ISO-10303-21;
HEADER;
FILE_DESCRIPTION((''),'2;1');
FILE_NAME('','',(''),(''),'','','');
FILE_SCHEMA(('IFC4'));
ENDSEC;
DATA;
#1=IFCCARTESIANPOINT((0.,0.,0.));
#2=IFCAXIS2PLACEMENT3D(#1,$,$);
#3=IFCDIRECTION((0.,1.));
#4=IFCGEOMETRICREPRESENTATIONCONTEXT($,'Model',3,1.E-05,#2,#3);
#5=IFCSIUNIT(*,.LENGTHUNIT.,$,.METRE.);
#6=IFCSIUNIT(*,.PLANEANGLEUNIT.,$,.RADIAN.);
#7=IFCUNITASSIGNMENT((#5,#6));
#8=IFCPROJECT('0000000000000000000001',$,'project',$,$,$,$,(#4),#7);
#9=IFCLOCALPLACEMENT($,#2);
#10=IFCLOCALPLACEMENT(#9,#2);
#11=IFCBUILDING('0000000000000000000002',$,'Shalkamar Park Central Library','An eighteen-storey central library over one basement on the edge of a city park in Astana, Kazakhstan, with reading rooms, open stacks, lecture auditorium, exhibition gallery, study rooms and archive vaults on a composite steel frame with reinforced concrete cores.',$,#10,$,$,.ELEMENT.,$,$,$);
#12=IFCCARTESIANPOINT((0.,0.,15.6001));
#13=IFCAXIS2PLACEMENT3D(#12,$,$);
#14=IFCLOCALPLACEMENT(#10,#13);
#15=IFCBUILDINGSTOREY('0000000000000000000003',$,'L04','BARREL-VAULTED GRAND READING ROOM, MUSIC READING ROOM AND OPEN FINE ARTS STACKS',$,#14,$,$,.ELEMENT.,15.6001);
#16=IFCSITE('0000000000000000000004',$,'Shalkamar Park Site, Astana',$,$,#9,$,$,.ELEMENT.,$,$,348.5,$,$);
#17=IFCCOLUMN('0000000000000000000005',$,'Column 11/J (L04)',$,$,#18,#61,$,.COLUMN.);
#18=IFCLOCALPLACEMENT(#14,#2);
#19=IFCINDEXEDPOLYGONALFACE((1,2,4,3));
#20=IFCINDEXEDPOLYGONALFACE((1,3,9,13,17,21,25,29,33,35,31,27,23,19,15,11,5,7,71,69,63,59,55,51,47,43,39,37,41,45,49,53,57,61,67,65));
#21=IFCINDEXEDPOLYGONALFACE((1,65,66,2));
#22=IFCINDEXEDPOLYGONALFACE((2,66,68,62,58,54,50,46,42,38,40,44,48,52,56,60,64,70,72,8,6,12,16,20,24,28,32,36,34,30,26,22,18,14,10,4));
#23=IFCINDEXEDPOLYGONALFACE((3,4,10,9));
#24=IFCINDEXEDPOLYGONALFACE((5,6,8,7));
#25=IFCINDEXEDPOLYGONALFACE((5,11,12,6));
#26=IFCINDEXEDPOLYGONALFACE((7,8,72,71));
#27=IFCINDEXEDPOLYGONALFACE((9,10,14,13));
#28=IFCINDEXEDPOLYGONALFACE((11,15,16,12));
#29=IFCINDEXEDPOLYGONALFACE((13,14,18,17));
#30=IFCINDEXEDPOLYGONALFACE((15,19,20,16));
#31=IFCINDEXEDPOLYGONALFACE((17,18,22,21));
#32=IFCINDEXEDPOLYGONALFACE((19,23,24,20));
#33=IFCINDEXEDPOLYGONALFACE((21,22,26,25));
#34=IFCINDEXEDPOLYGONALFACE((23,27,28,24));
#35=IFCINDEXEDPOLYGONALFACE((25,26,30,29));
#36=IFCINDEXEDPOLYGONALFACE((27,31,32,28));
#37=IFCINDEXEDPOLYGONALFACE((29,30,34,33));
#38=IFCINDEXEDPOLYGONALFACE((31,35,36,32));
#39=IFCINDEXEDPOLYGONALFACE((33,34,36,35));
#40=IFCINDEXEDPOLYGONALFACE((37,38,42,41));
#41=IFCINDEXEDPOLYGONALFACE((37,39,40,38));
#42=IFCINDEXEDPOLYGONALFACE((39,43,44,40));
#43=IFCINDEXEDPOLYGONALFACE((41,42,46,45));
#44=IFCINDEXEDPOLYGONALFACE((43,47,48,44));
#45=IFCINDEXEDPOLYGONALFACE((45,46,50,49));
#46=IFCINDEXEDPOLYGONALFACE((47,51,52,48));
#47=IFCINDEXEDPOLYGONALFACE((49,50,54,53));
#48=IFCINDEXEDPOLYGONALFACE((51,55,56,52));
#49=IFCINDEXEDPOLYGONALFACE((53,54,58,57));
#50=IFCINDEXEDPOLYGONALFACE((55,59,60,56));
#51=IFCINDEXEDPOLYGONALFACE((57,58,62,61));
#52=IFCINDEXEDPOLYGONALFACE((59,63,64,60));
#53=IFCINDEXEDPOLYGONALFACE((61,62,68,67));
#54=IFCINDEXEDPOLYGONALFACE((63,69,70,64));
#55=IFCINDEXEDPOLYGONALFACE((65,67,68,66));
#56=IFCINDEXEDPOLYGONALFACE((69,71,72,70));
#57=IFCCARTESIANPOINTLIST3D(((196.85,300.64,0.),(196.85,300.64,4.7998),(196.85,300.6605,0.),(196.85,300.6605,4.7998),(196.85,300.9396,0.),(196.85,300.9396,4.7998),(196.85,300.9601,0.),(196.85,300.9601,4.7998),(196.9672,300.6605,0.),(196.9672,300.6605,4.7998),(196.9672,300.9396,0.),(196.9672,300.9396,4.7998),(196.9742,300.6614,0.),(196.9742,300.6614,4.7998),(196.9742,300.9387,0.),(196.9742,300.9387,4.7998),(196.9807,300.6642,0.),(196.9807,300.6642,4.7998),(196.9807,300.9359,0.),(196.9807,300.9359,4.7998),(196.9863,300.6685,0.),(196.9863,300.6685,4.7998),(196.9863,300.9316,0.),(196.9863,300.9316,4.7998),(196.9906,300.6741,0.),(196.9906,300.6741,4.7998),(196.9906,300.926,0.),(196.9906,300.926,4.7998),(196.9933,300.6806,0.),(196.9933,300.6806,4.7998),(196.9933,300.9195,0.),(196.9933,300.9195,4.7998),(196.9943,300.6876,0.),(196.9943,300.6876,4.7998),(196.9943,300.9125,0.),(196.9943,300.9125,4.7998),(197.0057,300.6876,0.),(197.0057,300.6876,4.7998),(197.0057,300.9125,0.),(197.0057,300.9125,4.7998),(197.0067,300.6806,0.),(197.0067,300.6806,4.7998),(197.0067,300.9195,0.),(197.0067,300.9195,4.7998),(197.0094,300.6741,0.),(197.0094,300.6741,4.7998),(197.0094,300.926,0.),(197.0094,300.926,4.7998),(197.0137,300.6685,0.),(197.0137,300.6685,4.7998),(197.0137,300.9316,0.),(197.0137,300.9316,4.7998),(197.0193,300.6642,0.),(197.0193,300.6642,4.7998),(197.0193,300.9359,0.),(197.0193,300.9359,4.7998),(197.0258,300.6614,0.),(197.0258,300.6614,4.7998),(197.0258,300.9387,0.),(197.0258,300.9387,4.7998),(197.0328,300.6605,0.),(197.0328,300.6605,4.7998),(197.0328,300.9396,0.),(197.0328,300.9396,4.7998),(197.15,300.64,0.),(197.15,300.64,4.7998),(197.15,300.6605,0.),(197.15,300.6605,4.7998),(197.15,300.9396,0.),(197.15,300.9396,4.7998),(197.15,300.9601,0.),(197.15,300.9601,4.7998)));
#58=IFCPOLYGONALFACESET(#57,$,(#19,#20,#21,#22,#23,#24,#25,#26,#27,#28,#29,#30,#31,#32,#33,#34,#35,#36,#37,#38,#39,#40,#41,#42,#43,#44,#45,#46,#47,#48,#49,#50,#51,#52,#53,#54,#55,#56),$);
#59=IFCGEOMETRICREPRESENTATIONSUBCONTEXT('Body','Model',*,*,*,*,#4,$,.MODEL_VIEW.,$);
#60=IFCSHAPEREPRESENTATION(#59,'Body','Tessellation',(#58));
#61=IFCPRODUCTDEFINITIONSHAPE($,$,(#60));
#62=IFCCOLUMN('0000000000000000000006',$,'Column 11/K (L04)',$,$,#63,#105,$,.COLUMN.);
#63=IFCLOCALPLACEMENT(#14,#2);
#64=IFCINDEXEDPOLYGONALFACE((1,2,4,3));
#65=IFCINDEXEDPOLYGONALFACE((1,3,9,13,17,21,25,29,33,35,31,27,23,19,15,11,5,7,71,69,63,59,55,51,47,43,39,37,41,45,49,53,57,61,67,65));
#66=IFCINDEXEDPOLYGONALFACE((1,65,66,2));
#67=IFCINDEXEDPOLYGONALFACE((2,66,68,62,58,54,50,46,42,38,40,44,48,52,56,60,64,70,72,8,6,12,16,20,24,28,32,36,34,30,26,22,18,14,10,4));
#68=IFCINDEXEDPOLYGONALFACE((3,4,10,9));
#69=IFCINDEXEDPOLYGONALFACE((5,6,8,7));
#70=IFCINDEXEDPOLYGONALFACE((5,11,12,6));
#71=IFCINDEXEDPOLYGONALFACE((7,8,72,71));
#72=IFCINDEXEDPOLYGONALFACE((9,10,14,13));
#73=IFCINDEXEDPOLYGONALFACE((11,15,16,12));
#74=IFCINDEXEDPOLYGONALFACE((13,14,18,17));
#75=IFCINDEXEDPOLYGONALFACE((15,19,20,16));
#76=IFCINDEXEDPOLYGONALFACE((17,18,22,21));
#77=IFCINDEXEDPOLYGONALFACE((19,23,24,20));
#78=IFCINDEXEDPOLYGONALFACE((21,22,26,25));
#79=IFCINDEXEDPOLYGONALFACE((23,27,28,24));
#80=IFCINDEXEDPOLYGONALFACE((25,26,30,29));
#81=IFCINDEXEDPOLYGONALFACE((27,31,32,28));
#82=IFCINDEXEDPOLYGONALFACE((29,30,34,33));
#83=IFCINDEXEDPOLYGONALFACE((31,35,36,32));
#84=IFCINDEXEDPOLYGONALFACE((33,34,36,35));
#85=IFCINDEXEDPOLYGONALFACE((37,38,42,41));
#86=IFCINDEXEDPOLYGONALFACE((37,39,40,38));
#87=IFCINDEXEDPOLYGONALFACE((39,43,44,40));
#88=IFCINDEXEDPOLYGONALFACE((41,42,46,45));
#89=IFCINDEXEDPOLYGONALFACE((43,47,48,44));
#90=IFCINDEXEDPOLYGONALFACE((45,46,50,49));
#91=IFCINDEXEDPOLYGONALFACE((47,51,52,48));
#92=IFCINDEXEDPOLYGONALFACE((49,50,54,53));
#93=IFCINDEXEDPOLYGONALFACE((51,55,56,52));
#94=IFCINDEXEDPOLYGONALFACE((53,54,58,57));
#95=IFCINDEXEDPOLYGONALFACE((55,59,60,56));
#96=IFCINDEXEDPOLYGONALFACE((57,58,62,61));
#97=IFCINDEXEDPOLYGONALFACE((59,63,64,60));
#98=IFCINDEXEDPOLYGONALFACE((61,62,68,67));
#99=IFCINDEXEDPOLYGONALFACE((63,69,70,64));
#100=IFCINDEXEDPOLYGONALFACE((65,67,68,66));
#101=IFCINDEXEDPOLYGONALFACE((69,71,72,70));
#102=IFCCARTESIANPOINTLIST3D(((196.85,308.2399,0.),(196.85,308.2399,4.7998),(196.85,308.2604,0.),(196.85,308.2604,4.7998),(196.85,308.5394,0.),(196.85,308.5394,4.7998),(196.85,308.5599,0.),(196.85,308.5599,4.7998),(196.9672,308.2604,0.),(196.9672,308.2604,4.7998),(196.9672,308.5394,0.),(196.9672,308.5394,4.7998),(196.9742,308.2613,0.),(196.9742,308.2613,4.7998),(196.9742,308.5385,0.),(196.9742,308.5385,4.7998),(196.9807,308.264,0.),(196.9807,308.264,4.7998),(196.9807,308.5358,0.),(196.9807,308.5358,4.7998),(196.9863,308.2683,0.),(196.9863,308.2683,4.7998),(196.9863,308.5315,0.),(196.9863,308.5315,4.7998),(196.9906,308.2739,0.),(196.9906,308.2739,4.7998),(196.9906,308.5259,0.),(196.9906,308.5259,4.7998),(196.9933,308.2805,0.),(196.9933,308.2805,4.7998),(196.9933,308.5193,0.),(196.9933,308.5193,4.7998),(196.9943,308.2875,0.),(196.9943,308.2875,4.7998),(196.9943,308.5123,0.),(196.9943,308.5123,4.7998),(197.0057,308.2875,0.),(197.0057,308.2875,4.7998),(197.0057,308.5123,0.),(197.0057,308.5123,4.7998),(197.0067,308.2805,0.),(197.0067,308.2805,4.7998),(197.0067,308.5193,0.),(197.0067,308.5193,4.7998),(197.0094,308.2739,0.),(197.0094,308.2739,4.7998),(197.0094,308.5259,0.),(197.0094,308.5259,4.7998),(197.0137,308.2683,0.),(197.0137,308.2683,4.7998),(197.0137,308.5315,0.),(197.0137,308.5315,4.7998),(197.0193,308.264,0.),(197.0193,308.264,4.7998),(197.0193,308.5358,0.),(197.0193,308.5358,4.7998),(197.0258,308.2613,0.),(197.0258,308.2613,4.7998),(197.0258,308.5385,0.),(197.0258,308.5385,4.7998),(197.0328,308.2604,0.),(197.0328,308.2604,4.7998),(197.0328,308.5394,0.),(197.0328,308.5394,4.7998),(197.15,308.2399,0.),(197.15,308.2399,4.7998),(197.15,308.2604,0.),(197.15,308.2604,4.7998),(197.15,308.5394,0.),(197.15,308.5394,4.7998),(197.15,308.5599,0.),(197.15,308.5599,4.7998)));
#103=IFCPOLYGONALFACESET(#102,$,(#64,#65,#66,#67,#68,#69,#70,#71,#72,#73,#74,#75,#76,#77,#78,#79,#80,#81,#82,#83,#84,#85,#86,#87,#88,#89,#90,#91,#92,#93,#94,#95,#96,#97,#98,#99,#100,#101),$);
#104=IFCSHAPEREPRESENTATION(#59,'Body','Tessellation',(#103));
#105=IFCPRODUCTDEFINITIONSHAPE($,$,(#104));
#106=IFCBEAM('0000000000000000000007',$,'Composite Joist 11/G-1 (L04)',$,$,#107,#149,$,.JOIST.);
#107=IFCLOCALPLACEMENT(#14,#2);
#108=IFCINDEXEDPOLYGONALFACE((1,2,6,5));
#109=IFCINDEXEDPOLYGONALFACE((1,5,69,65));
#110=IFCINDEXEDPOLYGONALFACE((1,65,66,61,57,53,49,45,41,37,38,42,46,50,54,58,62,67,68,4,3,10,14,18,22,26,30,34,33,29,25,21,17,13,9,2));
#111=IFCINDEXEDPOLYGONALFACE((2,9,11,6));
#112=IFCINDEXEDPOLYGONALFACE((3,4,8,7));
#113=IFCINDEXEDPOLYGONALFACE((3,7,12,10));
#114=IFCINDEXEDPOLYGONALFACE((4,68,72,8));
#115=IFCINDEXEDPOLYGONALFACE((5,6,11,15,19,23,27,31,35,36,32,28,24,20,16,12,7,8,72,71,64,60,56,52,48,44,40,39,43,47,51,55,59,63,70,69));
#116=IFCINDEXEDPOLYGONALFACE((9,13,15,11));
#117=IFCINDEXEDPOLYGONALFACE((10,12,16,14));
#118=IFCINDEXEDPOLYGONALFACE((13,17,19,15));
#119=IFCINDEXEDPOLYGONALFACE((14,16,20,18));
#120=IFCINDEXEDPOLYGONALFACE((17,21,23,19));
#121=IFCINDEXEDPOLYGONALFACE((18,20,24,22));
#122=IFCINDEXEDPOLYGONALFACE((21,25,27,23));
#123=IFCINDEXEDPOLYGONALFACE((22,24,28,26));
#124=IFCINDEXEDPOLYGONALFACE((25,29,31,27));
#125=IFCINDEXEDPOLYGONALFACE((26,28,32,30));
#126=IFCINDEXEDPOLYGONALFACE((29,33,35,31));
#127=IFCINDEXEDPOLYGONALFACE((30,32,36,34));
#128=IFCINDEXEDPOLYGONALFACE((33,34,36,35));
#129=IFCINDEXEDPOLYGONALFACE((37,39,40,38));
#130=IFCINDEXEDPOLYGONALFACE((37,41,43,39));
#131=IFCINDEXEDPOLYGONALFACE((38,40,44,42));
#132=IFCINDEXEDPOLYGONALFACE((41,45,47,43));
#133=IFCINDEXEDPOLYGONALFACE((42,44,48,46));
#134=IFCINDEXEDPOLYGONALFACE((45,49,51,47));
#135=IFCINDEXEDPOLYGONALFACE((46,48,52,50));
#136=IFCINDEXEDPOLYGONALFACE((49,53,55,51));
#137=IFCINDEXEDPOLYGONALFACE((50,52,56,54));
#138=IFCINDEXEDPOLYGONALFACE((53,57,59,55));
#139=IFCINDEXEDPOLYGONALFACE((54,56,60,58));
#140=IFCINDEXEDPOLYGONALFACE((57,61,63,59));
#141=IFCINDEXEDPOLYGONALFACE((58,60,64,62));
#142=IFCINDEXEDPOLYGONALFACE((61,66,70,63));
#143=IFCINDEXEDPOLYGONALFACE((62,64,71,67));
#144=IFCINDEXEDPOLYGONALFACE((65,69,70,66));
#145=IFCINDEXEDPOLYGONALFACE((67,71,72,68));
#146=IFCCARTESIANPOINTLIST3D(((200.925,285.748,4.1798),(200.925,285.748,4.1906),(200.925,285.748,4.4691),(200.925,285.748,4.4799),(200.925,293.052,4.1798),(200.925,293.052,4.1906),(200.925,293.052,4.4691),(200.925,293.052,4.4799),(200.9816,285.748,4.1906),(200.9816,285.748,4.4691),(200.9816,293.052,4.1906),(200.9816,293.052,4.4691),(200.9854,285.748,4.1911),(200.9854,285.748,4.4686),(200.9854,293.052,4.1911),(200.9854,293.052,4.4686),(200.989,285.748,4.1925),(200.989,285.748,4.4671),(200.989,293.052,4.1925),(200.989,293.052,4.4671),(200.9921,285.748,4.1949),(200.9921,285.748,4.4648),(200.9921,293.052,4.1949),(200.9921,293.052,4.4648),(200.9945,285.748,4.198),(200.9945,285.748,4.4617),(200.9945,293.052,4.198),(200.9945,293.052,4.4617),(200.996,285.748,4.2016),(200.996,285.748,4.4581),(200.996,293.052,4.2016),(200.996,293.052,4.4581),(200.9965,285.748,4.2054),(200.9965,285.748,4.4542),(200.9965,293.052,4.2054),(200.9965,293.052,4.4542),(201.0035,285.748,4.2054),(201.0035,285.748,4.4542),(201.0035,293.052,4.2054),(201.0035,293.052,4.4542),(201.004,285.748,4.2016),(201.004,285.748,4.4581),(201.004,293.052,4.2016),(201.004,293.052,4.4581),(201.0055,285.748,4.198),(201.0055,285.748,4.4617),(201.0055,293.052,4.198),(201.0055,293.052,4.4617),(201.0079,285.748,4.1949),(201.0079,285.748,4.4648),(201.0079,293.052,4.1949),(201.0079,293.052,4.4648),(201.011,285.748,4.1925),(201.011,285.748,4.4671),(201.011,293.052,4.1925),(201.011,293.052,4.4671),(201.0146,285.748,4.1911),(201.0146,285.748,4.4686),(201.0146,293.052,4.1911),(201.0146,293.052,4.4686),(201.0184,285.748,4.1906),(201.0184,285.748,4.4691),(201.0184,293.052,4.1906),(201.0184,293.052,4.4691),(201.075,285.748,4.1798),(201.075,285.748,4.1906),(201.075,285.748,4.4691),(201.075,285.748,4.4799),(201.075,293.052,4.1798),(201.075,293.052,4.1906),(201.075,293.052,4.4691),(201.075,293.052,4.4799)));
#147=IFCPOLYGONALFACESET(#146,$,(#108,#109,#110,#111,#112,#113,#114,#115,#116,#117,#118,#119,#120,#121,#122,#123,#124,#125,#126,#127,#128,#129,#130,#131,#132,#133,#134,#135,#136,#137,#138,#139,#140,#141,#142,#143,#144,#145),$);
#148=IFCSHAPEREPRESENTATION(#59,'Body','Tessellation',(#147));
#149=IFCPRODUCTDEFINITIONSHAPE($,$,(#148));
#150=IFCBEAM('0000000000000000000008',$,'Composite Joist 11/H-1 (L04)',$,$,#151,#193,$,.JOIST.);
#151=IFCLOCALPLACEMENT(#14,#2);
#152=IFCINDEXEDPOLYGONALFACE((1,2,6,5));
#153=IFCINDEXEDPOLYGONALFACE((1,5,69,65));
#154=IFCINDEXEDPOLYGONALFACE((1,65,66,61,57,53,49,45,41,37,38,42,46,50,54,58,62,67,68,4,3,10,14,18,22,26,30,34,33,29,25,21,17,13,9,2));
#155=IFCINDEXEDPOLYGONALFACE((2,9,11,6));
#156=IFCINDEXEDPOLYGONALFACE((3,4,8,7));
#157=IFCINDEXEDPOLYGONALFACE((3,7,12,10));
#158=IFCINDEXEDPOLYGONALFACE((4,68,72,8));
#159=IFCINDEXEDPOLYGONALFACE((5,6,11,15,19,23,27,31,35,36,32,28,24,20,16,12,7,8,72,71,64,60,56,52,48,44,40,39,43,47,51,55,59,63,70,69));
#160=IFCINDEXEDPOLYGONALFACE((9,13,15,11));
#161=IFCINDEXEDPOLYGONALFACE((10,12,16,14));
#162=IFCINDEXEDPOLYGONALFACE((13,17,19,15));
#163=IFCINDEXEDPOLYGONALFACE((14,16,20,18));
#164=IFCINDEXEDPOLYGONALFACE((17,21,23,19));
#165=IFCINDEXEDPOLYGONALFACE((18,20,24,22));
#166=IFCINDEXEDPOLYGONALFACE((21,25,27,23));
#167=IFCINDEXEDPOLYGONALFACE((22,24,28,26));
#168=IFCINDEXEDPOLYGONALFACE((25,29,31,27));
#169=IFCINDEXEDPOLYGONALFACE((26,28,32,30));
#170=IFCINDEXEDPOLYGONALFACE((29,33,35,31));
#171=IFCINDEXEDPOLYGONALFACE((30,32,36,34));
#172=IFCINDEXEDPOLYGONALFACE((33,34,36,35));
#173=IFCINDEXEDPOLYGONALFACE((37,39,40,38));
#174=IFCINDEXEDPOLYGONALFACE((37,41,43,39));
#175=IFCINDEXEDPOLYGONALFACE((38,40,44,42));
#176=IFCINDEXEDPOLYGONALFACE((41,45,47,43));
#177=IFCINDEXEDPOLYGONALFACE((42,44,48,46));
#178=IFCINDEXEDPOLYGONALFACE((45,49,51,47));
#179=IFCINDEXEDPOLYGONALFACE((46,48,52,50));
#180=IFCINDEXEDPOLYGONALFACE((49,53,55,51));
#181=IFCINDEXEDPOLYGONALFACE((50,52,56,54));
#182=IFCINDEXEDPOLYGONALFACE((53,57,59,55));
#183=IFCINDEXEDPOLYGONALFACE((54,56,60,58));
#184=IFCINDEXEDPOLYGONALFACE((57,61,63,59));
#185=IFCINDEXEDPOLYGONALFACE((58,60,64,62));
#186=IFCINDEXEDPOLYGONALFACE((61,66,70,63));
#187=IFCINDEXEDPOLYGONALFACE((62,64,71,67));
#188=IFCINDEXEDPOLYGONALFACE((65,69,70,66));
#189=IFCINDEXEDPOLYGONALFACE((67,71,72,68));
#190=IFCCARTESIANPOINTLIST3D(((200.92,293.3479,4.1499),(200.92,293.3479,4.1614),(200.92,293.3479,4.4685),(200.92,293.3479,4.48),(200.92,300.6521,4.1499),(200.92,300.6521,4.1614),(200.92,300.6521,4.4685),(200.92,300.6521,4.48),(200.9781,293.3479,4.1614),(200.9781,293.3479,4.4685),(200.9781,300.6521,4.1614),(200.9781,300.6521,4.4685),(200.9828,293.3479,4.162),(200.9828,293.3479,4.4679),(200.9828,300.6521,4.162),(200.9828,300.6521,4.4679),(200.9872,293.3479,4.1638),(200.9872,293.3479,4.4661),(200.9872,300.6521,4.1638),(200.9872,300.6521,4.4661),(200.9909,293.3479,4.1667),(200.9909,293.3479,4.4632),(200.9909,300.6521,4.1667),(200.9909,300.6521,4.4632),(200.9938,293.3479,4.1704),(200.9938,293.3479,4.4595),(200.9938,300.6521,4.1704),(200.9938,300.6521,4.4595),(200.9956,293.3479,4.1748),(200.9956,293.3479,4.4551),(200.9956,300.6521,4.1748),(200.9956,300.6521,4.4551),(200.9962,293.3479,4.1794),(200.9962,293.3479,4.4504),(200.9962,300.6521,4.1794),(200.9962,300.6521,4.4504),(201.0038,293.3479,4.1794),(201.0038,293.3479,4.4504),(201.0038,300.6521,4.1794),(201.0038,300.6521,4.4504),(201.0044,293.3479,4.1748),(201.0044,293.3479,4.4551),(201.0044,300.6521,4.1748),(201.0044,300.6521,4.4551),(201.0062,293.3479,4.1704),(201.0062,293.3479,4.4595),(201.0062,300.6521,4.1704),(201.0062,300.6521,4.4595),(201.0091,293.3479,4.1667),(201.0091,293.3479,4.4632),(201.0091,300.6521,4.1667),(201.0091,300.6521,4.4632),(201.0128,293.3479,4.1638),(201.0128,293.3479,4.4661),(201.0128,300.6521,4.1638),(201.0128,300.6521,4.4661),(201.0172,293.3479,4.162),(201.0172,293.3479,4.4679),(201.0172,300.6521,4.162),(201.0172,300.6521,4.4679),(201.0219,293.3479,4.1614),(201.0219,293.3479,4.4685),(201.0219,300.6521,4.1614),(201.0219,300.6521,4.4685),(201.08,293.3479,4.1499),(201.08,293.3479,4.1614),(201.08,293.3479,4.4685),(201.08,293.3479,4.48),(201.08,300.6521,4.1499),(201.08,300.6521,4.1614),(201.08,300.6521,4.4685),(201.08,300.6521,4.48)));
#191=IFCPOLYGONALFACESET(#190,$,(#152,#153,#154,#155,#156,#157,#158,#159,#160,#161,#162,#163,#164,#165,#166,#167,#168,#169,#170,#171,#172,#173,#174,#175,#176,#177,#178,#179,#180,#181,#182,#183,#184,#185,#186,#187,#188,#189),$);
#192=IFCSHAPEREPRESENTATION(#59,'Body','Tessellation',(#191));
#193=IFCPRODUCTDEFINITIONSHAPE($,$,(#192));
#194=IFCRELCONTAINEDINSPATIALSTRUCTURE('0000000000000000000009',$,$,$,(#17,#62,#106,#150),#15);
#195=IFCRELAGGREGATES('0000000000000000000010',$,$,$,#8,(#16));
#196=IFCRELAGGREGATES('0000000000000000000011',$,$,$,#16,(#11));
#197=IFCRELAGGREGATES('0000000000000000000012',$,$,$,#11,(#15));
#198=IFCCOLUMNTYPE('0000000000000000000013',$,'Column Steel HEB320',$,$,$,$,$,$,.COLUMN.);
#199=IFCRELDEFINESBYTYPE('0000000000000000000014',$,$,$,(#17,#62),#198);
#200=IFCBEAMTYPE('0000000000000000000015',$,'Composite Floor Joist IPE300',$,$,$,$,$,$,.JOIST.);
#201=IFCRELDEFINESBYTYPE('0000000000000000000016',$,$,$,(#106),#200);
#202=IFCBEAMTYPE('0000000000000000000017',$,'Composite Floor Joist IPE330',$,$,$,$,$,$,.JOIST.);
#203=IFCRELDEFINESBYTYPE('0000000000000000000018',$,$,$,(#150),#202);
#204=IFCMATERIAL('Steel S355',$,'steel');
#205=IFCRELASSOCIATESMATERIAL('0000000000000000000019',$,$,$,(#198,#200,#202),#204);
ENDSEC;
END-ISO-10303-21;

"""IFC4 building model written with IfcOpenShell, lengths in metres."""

from ifc_helpers import new_model, si_unit, direction, frame, origin, origin_2d, place, context, subcontext, project, spatial, i_section, extrude, material, material_profile, profile_set, type_object, element, save


model = new_model("IFC4")

# Units and contexts
model_context = context("Model", 3, precision=1e-05, world=origin(), true_north=direction((0.0, 1.0)))
body_context = subcontext(model_context, "Body", "Model", "MODEL_VIEW")
ifc_project = project(units=[si_unit("LENGTHUNIT", "METRE"), si_unit("PLANEANGLEUNIT", "RADIAN")], contexts=[model_context])

# Site, building, storey
site_placement = place(None, origin())
site = spatial("IfcSite", under=ifc_project, at=site_placement, Name="Shalkamar Park Site, Astana", CompositionType="ELEMENT", RefElevation=348.5)
building_placement = place(site_placement, origin())
building = spatial("IfcBuilding", under=site, at=building_placement, Name="Shalkamar Park Central Library", Description="An eighteen-storey central library over one basement on the edge of a city park in Astana, Kazakhstan, with reading rooms, open stacks, lecture auditorium, exhibition gallery, study rooms and archive vaults on a composite steel frame with reinforced concrete cores.", CompositionType="ELEMENT")
storey_placement = place(building_placement, frame((0.0, 0.0, 15.6001)))
storey = spatial("IfcBuildingStorey", under=building, at=storey_placement, Name="L04", Description="BARREL-VAULTED GRAND READING ROOM, MUSIC READING ROOM AND OPEN FINE ARTS STACKS", CompositionType="ELEMENT", Elevation=15.6001)

# Columns
ifc_material_1 = material(Name="Steel S355", Category="steel")
ifc_material_profile_1 = material_profile(ifc_material_1, i_section(OverallWidth=0.3, OverallDepth=0.3201, WebThickness=0.0115, FlangeThickness=0.0205, FilletRadius=0.0271, at=origin_2d()), Name="HEB 320")
ifc_profile_set_1 = profile_set([ifc_material_profile_1], Name="Steel S355")
column_type_1 = type_object("IfcColumnType", Name="Column Steel HEB320", PredefinedType="COLUMN", material=ifc_profile_set_1)
for number, where, z_axis, x_axis, name in (
    (1, (197.0, 300.8, 0.0), (0.0, 0.0, 1.0), (1.0, 0.0, 0.0), "Column 11/J (L04)"),
    (2, (197.0, 308.3999, 0.0), (0.0, 0.0, 1.0), (1.0, 0.0, 0.0), "Column 11/K (L04)"),
):
    element("IfcColumn", number, at=place(storey_placement, frame(where, z_axis=z_axis, x_axis=x_axis)), inside=storey, type_object=column_type_1, Name=name, PredefinedType="COLUMN", context=body_context, shape_type="SweptSolid", body=[
        extrude(i_section(OverallWidth=0.3, OverallDepth=0.3201, WebThickness=0.0115, FlangeThickness=0.0205, FilletRadius=0.0271, at=origin_2d()), origin(), (0.0, 0.0, 1.0), 4.7998),
    ])

# Beams
ifc_material_profile_2 = material_profile(ifc_material_1, i_section(OverallWidth=0.1499, OverallDepth=0.3, WebThickness=0.0071, FlangeThickness=0.0107, FilletRadius=0.0149, at=origin_2d()), Name="IPE 300")
ifc_profile_set_2 = profile_set([ifc_material_profile_2], Name="Steel S355")
beam_type_1 = type_object("IfcBeamType", Name="Composite Floor Joist IPE300", PredefinedType="JOIST", material=ifc_profile_set_2)
beam_1_placement = place(storey_placement, frame((201.0, 285.748, 4.3298), z_axis=(0.0, 1.0, 0.0), x_axis=(-1.0, 0.0, 0.0)))
element("IfcBeam", 3, at=beam_1_placement, inside=storey, type_object=beam_type_1, Name="Composite Joist 11/G-1 (L04)", PredefinedType="JOIST", context=body_context, shape_type="SweptSolid", body=[
    extrude(i_section(OverallWidth=0.1499, OverallDepth=0.3, WebThickness=0.0071, FlangeThickness=0.0107, FilletRadius=0.0149, at=origin_2d()), origin(), (0.0, 0.0, 1.0), 7.304),
])
ifc_material_profile_3 = material_profile(ifc_material_1, i_section(OverallWidth=0.1599, OverallDepth=0.3301, WebThickness=0.0076, FlangeThickness=0.0115, FilletRadius=0.0181, at=origin_2d()), Name="IPE 330")
ifc_profile_set_3 = profile_set([ifc_material_profile_3], Name="Steel S355")
beam_type_2 = type_object("IfcBeamType", Name="Composite Floor Joist IPE330", PredefinedType="JOIST", material=ifc_profile_set_3)
beam_2_placement = place(storey_placement, frame((201.0, 293.3479, 4.3149), z_axis=(0.0, 1.0, 0.0), x_axis=(-1.0, 0.0, 0.0)))
element("IfcBeam", 4, at=beam_2_placement, inside=storey, type_object=beam_type_2, Name="Composite Joist 11/H-1 (L04)", PredefinedType="JOIST", context=body_context, shape_type="SweptSolid", body=[
    extrude(i_section(OverallWidth=0.1599, OverallDepth=0.3301, WebThickness=0.0076, FlangeThickness=0.0115, FilletRadius=0.0181, at=origin_2d()), origin(), (0.0, 0.0, 1.0), 7.3042),
])

save(model, "model.ifc")
